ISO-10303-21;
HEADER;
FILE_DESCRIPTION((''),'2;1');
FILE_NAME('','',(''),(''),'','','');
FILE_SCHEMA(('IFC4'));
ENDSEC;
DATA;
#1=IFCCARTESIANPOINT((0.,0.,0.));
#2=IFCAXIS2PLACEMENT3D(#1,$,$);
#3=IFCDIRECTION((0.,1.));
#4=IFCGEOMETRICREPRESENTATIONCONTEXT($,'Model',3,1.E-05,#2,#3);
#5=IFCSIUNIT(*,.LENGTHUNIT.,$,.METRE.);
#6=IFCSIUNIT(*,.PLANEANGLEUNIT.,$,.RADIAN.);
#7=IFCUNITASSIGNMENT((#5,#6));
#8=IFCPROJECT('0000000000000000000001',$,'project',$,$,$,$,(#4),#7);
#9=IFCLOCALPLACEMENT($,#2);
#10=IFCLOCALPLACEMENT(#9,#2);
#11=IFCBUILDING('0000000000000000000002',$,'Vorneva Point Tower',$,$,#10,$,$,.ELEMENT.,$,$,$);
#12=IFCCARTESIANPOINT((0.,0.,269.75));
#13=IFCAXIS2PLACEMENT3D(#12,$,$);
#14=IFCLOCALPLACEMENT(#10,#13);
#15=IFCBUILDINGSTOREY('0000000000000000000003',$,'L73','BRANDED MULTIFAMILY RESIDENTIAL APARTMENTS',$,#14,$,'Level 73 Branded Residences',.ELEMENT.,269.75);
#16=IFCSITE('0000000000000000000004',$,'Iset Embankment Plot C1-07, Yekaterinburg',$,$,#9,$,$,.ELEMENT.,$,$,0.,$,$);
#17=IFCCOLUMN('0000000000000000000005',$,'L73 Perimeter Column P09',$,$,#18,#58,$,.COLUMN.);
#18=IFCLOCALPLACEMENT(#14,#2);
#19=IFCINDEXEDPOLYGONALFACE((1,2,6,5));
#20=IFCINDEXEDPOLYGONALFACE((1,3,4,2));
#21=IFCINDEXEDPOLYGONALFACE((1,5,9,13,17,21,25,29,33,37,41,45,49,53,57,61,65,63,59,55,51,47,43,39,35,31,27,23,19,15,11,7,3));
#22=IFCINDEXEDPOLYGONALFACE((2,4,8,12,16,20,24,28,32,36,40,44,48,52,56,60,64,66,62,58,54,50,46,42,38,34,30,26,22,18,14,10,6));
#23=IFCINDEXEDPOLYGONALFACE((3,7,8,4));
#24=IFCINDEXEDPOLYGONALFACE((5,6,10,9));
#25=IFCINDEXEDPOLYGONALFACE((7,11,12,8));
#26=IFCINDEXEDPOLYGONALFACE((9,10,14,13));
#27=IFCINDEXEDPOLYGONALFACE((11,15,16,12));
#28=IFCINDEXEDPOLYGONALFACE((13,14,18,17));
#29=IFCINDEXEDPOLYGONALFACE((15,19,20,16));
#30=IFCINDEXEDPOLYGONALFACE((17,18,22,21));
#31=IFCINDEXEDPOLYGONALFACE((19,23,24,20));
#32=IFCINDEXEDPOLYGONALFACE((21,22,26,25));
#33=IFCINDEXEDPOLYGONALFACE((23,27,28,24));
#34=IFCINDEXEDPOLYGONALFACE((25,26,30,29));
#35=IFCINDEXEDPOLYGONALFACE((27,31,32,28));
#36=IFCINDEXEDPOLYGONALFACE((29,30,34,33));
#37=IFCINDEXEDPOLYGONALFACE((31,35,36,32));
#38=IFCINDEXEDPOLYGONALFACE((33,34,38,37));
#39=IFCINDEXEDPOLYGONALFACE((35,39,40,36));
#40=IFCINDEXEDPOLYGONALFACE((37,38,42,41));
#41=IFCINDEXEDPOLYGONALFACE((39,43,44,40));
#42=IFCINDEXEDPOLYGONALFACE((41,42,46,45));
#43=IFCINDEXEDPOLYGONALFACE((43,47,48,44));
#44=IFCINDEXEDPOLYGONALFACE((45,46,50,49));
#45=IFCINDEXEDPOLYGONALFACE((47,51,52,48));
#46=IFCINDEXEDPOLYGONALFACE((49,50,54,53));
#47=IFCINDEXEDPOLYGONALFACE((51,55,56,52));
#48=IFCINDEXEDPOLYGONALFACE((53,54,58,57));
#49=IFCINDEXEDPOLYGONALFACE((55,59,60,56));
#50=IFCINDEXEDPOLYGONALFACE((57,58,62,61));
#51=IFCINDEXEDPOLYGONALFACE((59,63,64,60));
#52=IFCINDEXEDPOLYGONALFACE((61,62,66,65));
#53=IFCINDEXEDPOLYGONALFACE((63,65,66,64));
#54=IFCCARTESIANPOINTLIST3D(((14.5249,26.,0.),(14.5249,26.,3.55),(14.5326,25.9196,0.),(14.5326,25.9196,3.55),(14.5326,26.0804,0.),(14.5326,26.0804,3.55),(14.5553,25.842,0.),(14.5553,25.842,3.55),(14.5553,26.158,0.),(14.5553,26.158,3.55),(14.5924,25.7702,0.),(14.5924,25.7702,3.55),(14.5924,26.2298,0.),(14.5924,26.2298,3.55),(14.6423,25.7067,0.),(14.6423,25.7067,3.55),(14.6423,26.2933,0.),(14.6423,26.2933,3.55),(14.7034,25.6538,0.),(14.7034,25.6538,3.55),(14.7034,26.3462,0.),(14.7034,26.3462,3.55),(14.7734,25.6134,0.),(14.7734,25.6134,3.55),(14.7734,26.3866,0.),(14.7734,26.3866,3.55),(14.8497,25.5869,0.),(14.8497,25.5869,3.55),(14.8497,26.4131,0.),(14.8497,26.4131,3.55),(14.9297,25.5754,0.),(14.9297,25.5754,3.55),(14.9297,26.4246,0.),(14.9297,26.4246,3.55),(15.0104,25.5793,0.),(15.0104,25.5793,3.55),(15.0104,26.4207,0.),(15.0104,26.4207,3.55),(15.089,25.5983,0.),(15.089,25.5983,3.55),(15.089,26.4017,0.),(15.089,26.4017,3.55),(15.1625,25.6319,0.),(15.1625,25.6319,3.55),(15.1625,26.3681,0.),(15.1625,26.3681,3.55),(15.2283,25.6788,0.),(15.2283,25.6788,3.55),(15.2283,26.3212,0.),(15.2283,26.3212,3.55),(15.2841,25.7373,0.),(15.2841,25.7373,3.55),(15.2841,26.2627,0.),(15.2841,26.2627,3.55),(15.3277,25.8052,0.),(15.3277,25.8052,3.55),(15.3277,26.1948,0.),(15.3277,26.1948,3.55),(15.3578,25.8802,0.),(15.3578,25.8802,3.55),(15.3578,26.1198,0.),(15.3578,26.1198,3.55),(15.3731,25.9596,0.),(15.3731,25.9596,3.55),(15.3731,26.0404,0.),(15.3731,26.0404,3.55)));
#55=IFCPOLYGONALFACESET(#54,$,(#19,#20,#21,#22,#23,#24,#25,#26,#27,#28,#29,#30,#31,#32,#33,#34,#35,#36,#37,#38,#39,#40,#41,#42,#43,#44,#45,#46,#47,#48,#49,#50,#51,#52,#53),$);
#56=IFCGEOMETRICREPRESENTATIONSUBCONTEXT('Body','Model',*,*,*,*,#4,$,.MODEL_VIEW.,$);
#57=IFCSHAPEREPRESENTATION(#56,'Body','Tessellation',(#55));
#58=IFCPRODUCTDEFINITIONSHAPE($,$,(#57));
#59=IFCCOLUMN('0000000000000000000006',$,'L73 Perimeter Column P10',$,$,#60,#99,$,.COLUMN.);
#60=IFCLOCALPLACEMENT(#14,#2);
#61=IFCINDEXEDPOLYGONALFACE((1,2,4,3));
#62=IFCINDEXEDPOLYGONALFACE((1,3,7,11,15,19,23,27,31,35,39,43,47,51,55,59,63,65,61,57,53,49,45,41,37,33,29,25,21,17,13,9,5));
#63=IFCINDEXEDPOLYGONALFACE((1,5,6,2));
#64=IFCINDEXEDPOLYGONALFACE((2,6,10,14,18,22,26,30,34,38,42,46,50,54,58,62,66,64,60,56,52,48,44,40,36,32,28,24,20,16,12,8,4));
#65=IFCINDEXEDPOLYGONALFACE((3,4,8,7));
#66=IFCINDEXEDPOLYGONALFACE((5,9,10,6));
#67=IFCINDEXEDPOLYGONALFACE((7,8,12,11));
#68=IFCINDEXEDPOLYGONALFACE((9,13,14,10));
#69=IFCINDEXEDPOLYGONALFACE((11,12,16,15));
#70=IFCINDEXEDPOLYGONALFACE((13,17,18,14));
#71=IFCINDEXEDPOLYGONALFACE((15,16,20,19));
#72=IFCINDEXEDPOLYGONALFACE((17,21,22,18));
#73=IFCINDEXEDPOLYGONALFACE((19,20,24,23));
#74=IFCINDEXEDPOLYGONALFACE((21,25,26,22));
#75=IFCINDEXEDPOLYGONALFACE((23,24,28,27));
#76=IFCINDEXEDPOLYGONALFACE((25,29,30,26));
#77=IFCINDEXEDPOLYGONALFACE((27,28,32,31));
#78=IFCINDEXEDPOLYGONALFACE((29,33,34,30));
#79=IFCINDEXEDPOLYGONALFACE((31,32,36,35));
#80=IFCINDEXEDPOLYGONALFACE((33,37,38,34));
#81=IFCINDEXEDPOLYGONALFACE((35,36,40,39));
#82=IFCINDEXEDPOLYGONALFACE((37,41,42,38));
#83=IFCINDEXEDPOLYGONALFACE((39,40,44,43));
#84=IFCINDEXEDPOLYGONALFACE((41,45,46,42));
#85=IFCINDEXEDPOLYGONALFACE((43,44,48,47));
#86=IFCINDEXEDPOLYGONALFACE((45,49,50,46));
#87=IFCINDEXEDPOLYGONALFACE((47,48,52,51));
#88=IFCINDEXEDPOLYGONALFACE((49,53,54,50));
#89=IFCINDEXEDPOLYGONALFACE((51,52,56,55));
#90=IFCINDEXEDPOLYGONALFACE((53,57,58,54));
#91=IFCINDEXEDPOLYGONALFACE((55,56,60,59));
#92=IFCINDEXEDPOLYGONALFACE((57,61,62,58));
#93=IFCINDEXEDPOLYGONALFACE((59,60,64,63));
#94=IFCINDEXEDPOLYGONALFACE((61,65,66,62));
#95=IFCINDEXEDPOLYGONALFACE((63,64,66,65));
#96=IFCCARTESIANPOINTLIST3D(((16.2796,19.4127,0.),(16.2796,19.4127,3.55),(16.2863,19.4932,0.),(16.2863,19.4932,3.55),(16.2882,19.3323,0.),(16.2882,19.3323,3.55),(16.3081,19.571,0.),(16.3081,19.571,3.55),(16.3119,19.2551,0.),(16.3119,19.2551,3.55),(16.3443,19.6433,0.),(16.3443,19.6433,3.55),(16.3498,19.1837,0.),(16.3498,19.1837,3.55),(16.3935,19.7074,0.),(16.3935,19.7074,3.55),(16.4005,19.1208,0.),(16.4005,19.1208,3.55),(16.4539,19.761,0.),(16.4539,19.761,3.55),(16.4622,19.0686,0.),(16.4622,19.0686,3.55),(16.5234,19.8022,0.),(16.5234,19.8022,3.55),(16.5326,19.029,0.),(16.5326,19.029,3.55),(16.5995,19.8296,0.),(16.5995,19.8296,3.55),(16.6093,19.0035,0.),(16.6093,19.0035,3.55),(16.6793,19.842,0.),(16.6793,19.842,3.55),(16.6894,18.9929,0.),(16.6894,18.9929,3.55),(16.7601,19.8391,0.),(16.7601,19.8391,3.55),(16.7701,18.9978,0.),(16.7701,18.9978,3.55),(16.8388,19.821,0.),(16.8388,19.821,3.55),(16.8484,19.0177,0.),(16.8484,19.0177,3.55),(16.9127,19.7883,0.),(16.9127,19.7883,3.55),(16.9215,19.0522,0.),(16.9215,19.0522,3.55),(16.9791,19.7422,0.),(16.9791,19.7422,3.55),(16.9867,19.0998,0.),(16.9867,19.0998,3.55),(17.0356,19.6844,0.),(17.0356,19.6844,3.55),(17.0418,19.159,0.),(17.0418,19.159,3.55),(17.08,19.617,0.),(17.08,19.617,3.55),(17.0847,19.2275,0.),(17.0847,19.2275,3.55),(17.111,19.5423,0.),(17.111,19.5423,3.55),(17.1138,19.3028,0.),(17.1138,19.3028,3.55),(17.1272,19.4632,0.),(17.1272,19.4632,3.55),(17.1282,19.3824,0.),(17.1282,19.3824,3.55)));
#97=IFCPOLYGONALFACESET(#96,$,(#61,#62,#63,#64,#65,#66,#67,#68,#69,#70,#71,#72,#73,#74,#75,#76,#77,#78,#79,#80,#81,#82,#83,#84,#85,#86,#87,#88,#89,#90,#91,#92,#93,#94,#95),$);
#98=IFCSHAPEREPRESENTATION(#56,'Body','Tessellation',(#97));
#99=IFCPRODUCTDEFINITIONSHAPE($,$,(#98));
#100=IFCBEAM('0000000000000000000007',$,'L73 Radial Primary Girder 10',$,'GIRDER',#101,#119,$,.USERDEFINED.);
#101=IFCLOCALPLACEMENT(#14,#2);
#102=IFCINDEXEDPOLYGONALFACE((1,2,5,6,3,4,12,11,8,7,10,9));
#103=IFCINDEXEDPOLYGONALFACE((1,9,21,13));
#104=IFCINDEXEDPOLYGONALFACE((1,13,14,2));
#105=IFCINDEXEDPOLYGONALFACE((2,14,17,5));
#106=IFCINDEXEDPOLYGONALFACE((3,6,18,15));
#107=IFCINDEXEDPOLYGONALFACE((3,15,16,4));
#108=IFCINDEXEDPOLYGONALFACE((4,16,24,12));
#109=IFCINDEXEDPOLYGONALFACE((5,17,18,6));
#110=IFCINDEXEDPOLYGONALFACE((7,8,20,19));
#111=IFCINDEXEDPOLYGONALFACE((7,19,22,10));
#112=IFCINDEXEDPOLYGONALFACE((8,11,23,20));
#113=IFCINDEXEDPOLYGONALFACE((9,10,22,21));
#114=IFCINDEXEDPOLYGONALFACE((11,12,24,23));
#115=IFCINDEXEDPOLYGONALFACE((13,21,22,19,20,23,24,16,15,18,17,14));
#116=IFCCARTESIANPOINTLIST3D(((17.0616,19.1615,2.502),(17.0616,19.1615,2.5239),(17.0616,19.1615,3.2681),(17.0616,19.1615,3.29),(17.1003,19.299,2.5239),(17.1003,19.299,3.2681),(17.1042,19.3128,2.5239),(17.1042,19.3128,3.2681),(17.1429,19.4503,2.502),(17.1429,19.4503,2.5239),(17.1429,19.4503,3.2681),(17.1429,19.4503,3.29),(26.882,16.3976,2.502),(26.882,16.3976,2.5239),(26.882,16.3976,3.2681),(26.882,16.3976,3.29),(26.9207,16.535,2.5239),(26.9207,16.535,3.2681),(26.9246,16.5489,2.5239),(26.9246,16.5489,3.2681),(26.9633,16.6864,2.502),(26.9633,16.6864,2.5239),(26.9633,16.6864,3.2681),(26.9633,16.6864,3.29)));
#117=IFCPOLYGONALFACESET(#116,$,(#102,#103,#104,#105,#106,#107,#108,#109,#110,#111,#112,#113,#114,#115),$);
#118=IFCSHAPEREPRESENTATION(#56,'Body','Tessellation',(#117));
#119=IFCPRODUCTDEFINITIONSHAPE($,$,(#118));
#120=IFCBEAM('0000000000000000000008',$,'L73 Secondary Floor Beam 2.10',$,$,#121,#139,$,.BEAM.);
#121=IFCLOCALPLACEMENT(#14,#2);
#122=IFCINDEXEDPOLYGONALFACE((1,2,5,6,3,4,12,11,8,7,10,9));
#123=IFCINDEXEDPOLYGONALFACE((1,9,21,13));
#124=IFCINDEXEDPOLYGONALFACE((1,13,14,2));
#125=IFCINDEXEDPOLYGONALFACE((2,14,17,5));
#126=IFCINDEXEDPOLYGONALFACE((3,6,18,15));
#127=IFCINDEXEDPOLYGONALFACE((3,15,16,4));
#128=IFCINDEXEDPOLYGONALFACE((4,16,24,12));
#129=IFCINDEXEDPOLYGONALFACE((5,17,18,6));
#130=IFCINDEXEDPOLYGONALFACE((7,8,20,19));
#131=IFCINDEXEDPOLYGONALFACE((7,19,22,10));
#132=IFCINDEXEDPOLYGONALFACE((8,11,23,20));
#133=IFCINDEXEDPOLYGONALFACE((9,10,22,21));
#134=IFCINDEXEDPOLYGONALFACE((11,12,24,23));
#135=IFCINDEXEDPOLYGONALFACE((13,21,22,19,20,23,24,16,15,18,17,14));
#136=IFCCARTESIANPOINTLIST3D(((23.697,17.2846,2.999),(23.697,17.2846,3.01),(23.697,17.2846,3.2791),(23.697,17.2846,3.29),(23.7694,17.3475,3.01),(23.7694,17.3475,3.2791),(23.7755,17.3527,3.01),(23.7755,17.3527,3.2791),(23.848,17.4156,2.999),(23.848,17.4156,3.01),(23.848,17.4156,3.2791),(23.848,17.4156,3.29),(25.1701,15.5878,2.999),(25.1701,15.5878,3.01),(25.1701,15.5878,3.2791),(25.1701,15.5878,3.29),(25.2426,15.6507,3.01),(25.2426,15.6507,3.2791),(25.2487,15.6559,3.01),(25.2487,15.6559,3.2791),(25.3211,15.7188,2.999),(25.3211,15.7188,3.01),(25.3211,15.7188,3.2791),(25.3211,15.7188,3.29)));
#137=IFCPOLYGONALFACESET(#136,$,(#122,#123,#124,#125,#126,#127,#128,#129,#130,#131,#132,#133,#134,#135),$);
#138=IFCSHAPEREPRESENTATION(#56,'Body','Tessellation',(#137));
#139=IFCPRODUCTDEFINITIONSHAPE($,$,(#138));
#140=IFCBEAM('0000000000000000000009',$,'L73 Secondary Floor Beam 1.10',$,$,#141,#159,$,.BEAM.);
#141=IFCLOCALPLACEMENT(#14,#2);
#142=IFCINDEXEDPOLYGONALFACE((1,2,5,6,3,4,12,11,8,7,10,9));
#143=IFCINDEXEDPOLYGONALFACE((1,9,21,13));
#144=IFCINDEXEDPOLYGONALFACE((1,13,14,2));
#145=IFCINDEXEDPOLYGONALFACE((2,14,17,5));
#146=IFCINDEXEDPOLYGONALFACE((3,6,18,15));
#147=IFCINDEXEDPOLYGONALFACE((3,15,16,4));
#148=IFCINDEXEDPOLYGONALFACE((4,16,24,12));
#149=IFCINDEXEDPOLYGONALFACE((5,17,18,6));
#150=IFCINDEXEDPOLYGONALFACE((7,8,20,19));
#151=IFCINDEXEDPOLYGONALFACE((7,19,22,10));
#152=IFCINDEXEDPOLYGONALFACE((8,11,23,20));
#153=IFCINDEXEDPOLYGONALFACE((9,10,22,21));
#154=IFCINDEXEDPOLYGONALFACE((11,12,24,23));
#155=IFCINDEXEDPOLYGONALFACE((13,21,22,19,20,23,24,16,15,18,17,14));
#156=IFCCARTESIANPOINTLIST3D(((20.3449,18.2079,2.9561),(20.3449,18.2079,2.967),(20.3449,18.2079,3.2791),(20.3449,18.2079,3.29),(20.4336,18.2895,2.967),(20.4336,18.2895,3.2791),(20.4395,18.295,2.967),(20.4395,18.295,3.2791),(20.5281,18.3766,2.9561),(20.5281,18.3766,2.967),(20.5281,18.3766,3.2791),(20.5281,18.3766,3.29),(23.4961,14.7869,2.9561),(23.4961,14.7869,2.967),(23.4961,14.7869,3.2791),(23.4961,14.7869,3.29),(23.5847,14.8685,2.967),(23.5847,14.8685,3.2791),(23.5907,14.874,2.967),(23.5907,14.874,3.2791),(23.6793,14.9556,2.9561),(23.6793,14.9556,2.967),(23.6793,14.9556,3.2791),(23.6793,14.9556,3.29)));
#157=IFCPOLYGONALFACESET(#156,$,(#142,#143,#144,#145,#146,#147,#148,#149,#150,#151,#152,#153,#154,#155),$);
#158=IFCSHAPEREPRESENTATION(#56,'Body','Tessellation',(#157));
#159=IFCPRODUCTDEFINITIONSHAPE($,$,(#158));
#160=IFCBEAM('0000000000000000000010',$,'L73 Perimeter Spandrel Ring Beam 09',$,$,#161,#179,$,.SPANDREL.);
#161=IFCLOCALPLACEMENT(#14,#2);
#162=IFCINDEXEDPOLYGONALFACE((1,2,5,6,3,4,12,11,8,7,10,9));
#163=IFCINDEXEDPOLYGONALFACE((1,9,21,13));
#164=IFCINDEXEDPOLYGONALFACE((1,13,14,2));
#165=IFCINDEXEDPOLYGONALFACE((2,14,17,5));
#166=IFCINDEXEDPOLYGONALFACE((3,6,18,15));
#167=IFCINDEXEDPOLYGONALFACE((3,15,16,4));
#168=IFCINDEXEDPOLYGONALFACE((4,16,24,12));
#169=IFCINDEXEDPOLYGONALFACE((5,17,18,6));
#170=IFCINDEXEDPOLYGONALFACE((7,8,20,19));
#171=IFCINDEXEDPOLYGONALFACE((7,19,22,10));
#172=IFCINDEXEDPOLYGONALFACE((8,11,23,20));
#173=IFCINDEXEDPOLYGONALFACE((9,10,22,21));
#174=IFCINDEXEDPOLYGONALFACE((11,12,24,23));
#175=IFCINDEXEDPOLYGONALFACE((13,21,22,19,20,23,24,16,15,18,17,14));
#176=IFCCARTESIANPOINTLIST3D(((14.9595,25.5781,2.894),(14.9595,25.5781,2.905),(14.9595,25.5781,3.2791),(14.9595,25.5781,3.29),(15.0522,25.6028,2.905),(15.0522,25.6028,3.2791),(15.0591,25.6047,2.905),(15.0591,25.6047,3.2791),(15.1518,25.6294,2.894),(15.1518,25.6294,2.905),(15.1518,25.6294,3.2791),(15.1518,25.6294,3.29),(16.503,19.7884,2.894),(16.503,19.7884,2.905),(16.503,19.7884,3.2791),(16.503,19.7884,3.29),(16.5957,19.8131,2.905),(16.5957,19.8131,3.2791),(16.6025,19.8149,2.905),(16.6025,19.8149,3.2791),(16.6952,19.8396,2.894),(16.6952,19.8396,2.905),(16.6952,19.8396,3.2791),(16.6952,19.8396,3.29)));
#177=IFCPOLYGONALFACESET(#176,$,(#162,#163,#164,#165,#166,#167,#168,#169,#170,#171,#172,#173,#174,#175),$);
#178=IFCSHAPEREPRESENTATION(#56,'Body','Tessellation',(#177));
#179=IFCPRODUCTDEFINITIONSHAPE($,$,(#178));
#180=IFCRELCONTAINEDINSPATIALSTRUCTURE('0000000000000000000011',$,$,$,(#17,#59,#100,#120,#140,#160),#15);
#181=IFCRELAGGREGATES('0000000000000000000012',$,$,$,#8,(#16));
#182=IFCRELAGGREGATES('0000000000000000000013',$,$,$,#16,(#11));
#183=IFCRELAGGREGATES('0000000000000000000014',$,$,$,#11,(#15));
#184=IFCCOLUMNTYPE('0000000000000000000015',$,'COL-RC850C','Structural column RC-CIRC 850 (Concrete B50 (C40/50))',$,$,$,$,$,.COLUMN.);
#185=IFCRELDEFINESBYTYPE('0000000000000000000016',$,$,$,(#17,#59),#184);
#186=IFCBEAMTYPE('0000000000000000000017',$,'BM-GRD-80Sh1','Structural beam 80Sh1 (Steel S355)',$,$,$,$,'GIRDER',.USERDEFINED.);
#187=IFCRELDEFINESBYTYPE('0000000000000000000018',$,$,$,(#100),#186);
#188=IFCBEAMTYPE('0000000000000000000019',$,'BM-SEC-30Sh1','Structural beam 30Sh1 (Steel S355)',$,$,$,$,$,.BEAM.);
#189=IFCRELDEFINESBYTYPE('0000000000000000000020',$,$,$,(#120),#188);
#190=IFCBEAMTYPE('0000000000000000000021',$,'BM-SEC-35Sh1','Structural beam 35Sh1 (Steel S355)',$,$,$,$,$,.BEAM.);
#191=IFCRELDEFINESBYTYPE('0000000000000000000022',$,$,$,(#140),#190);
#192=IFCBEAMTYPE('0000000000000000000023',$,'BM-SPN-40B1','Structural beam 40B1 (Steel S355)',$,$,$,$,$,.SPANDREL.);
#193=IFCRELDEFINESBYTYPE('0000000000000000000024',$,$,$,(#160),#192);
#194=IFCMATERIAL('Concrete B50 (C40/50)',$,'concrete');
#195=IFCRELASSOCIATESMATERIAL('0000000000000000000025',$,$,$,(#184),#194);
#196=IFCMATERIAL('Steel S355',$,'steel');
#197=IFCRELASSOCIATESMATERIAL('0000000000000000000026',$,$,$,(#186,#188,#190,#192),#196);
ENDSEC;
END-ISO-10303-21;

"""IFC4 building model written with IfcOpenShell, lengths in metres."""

from ifc_helpers import new_model, si_unit, direction, frame, origin, origin_2d, place, context, subcontext, project, spatial, circle, i_section, extrude, material, material_profile, profile_set, type_object, element, save


model = new_model("IFC4")

# Units and contexts
model_context = context("Model", 3, precision=1e-05, world=origin(), true_north=direction((0.0, 1.0)))
body_context = subcontext(model_context, "Body", "Model", "MODEL_VIEW")
ifc_project = project(units=[si_unit("LENGTHUNIT", "METRE"), si_unit("PLANEANGLEUNIT", "RADIAN")], contexts=[model_context])

# Site, building, storey
site_placement = place(None, origin())
site = spatial("IfcSite", under=ifc_project, at=site_placement, Name="Iset Embankment Plot C1-07, Yekaterinburg", CompositionType="ELEMENT", RefElevation=0.0)
building_placement = place(site_placement, origin())
building = spatial("IfcBuilding", under=site, at=building_placement, Name="Vorneva Point Tower", CompositionType="ELEMENT")
storey_placement = place(building_placement, frame((0.0, 0.0, 269.75)))
storey = spatial("IfcBuildingStorey", under=building, at=storey_placement, Name="L73", Description="BRANDED MULTIFAMILY RESIDENTIAL APARTMENTS", LongName="Level 73 Branded Residences", CompositionType="ELEMENT", Elevation=269.75)

# Columns
ifc_material_1 = material(Name="Concrete B50 (C40/50)", Category="concrete")
ifc_material_profile_1 = material_profile(ifc_material_1, circle(Radius=0.425, at=origin_2d()), Name="RC-CIRC 850")
ifc_profile_set_1 = profile_set([ifc_material_profile_1], Name="Concrete B50 (C40/50)")
column_type = type_object("IfcColumnType", Name="COL-RC850C", Description="Structural column RC-CIRC 850 (Concrete B50 (C40/50))", PredefinedType="COLUMN", material=ifc_profile_set_1)
for number, where, z_axis, x_axis, name in (
    (1, (14.95, 26.0, 0.0), (0.0, 0.0, 1.0), (-1.0, 0.0, 0.0), "L73 Perimeter Column P09"),
    (2, (16.7046, 19.4177, 0.0), (0.0, 0.0, 1.0), (-0.92388, -0.382683, 0.0), "L73 Perimeter Column P10"),
):
    element("IfcColumn", number, at=place(storey_placement, frame(where, z_axis=z_axis, x_axis=x_axis)), inside=storey, type_object=column_type, Name=name, PredefinedType="COLUMN", context=body_context, shape_type="SweptSolid", body=[
        extrude(circle(Radius=0.425, at=origin_2d()), origin(), (0.0, 0.0, 1.0), 3.55),
    ])

# Beams
ifc_material_2 = material(Name="Steel S355", Category="steel")
ifc_material_profile_2 = material_profile(ifc_material_2, i_section(OverallWidth=0.3, OverallDepth=0.7881, WebThickness=0.0144, FlangeThickness=0.022, at=origin_2d()), Name="80Sh1")
ifc_profile_set_2 = profile_set([ifc_material_profile_2], Name="Steel S355")
beam_type_1 = type_object("IfcBeamType", Name="BM-GRD-80Sh1", Description="Structural beam 80Sh1 (Steel S355)", ElementType="GIRDER", PredefinedType="USERDEFINED", material=ifc_profile_set_2)
beam_1_placement = place(storey_placement, frame((17.1023, 19.3059, 2.896), z_axis=(0.962601, -0.270923, 0.0), x_axis=(0.270923, 0.962601, 0.0)))
element("IfcBeam", 3, at=beam_1_placement, inside=storey, type_object=beam_type_1, Name="L73 Radial Primary Girder 10", ObjectType="GIRDER", PredefinedType="USERDEFINED", context=body_context, shape_type="SweptSolid", body=[
    extrude(i_section(OverallWidth=0.3, OverallDepth=0.7881, WebThickness=0.0144, FlangeThickness=0.022, at=origin_2d()), origin(), (0.0, 0.0, 1.0), 10.2019),
])
ifc_material_profile_3 = material_profile(ifc_material_2, i_section(OverallWidth=0.2, OverallDepth=0.291, WebThickness=0.0081, FlangeThickness=0.011, at=origin_2d()), Name="30Sh1")
ifc_profile_set_3 = profile_set([ifc_material_profile_3], Name="Steel S355")
beam_type_2 = type_object("IfcBeamType", Name="BM-SEC-30Sh1", Description="Structural beam 30Sh1 (Steel S355)", PredefinedType="BEAM", material=ifc_profile_set_3)
beam_2_placement = place(storey_placement, frame((23.7725, 17.3501, 3.1445), z_axis=(0.655592, -0.755115, 0.0), x_axis=(0.755115, 0.655592, 0.0)))
element("IfcBeam", 4, at=beam_2_placement, inside=storey, type_object=beam_type_2, Name="L73 Secondary Floor Beam 2.10", PredefinedType="BEAM", context=body_context, shape_type="SweptSolid", body=[
    extrude(i_section(OverallWidth=0.2, OverallDepth=0.291, WebThickness=0.0081, FlangeThickness=0.011, at=origin_2d()), origin(), (0.0, 0.0, 1.0), 2.2471),
])
ifc_material_profile_4 = material_profile(ifc_material_2, i_section(OverallWidth=0.249, OverallDepth=0.334, WebThickness=0.0081, FlangeThickness=0.011, at=origin_2d()), Name="35Sh1")
ifc_profile_set_4 = profile_set([ifc_material_profile_4], Name="Steel S355")
beam_type_3 = type_object("IfcBeamType", Name="BM-SEC-35Sh1", Description="Structural beam 35Sh1 (Steel S355)", PredefinedType="BEAM", material=ifc_profile_set_4)
beam_3_placement = place(storey_placement, frame((20.4365, 18.2922, 3.123), z_axis=(0.67751, -0.735513, 0.0), x_axis=(0.735513, 0.67751, 0.0)))
element("IfcBeam", 5, at=beam_3_placement, inside=storey, type_object=beam_type_3, Name="L73 Secondary Floor Beam 1.10", PredefinedType="BEAM", context=body_context, shape_type="SweptSolid", body=[
    extrude(i_section(OverallWidth=0.249, OverallDepth=0.334, WebThickness=0.0081, FlangeThickness=0.011, at=origin_2d()), origin(), (0.0, 0.0, 1.0), 4.6511),
])
ifc_material_profile_5 = material_profile(ifc_material_2, i_section(OverallWidth=0.199, OverallDepth=0.396, WebThickness=0.0071, FlangeThickness=0.011, at=origin_2d()), Name="40B1")
ifc_profile_set_5 = profile_set([ifc_material_profile_5], Name="Steel S355")
beam_type_4 = type_object("IfcBeamType", Name="BM-SPN-40B1", Description="Structural beam 40B1 (Steel S355)", PredefinedType="SPANDREL", material=ifc_profile_set_5)
beam_4_placement = place(storey_placement, frame((15.0557, 25.6038, 3.092), z_axis=(0.257587, -0.966255, 0.0), x_axis=(0.966255, 0.257587, 0.0)))
element("IfcBeam", 6, at=beam_4_placement, inside=storey, type_object=beam_type_4, Name="L73 Perimeter Spandrel Ring Beam 09", PredefinedType="SPANDREL", context=body_context, shape_type="SweptSolid", body=[
    extrude(i_section(OverallWidth=0.199, OverallDepth=0.396, WebThickness=0.0071, FlangeThickness=0.011, at=origin_2d()), origin(), (0.0, 0.0, 1.0), 5.9919),
])

save(model, "model.ifc")
